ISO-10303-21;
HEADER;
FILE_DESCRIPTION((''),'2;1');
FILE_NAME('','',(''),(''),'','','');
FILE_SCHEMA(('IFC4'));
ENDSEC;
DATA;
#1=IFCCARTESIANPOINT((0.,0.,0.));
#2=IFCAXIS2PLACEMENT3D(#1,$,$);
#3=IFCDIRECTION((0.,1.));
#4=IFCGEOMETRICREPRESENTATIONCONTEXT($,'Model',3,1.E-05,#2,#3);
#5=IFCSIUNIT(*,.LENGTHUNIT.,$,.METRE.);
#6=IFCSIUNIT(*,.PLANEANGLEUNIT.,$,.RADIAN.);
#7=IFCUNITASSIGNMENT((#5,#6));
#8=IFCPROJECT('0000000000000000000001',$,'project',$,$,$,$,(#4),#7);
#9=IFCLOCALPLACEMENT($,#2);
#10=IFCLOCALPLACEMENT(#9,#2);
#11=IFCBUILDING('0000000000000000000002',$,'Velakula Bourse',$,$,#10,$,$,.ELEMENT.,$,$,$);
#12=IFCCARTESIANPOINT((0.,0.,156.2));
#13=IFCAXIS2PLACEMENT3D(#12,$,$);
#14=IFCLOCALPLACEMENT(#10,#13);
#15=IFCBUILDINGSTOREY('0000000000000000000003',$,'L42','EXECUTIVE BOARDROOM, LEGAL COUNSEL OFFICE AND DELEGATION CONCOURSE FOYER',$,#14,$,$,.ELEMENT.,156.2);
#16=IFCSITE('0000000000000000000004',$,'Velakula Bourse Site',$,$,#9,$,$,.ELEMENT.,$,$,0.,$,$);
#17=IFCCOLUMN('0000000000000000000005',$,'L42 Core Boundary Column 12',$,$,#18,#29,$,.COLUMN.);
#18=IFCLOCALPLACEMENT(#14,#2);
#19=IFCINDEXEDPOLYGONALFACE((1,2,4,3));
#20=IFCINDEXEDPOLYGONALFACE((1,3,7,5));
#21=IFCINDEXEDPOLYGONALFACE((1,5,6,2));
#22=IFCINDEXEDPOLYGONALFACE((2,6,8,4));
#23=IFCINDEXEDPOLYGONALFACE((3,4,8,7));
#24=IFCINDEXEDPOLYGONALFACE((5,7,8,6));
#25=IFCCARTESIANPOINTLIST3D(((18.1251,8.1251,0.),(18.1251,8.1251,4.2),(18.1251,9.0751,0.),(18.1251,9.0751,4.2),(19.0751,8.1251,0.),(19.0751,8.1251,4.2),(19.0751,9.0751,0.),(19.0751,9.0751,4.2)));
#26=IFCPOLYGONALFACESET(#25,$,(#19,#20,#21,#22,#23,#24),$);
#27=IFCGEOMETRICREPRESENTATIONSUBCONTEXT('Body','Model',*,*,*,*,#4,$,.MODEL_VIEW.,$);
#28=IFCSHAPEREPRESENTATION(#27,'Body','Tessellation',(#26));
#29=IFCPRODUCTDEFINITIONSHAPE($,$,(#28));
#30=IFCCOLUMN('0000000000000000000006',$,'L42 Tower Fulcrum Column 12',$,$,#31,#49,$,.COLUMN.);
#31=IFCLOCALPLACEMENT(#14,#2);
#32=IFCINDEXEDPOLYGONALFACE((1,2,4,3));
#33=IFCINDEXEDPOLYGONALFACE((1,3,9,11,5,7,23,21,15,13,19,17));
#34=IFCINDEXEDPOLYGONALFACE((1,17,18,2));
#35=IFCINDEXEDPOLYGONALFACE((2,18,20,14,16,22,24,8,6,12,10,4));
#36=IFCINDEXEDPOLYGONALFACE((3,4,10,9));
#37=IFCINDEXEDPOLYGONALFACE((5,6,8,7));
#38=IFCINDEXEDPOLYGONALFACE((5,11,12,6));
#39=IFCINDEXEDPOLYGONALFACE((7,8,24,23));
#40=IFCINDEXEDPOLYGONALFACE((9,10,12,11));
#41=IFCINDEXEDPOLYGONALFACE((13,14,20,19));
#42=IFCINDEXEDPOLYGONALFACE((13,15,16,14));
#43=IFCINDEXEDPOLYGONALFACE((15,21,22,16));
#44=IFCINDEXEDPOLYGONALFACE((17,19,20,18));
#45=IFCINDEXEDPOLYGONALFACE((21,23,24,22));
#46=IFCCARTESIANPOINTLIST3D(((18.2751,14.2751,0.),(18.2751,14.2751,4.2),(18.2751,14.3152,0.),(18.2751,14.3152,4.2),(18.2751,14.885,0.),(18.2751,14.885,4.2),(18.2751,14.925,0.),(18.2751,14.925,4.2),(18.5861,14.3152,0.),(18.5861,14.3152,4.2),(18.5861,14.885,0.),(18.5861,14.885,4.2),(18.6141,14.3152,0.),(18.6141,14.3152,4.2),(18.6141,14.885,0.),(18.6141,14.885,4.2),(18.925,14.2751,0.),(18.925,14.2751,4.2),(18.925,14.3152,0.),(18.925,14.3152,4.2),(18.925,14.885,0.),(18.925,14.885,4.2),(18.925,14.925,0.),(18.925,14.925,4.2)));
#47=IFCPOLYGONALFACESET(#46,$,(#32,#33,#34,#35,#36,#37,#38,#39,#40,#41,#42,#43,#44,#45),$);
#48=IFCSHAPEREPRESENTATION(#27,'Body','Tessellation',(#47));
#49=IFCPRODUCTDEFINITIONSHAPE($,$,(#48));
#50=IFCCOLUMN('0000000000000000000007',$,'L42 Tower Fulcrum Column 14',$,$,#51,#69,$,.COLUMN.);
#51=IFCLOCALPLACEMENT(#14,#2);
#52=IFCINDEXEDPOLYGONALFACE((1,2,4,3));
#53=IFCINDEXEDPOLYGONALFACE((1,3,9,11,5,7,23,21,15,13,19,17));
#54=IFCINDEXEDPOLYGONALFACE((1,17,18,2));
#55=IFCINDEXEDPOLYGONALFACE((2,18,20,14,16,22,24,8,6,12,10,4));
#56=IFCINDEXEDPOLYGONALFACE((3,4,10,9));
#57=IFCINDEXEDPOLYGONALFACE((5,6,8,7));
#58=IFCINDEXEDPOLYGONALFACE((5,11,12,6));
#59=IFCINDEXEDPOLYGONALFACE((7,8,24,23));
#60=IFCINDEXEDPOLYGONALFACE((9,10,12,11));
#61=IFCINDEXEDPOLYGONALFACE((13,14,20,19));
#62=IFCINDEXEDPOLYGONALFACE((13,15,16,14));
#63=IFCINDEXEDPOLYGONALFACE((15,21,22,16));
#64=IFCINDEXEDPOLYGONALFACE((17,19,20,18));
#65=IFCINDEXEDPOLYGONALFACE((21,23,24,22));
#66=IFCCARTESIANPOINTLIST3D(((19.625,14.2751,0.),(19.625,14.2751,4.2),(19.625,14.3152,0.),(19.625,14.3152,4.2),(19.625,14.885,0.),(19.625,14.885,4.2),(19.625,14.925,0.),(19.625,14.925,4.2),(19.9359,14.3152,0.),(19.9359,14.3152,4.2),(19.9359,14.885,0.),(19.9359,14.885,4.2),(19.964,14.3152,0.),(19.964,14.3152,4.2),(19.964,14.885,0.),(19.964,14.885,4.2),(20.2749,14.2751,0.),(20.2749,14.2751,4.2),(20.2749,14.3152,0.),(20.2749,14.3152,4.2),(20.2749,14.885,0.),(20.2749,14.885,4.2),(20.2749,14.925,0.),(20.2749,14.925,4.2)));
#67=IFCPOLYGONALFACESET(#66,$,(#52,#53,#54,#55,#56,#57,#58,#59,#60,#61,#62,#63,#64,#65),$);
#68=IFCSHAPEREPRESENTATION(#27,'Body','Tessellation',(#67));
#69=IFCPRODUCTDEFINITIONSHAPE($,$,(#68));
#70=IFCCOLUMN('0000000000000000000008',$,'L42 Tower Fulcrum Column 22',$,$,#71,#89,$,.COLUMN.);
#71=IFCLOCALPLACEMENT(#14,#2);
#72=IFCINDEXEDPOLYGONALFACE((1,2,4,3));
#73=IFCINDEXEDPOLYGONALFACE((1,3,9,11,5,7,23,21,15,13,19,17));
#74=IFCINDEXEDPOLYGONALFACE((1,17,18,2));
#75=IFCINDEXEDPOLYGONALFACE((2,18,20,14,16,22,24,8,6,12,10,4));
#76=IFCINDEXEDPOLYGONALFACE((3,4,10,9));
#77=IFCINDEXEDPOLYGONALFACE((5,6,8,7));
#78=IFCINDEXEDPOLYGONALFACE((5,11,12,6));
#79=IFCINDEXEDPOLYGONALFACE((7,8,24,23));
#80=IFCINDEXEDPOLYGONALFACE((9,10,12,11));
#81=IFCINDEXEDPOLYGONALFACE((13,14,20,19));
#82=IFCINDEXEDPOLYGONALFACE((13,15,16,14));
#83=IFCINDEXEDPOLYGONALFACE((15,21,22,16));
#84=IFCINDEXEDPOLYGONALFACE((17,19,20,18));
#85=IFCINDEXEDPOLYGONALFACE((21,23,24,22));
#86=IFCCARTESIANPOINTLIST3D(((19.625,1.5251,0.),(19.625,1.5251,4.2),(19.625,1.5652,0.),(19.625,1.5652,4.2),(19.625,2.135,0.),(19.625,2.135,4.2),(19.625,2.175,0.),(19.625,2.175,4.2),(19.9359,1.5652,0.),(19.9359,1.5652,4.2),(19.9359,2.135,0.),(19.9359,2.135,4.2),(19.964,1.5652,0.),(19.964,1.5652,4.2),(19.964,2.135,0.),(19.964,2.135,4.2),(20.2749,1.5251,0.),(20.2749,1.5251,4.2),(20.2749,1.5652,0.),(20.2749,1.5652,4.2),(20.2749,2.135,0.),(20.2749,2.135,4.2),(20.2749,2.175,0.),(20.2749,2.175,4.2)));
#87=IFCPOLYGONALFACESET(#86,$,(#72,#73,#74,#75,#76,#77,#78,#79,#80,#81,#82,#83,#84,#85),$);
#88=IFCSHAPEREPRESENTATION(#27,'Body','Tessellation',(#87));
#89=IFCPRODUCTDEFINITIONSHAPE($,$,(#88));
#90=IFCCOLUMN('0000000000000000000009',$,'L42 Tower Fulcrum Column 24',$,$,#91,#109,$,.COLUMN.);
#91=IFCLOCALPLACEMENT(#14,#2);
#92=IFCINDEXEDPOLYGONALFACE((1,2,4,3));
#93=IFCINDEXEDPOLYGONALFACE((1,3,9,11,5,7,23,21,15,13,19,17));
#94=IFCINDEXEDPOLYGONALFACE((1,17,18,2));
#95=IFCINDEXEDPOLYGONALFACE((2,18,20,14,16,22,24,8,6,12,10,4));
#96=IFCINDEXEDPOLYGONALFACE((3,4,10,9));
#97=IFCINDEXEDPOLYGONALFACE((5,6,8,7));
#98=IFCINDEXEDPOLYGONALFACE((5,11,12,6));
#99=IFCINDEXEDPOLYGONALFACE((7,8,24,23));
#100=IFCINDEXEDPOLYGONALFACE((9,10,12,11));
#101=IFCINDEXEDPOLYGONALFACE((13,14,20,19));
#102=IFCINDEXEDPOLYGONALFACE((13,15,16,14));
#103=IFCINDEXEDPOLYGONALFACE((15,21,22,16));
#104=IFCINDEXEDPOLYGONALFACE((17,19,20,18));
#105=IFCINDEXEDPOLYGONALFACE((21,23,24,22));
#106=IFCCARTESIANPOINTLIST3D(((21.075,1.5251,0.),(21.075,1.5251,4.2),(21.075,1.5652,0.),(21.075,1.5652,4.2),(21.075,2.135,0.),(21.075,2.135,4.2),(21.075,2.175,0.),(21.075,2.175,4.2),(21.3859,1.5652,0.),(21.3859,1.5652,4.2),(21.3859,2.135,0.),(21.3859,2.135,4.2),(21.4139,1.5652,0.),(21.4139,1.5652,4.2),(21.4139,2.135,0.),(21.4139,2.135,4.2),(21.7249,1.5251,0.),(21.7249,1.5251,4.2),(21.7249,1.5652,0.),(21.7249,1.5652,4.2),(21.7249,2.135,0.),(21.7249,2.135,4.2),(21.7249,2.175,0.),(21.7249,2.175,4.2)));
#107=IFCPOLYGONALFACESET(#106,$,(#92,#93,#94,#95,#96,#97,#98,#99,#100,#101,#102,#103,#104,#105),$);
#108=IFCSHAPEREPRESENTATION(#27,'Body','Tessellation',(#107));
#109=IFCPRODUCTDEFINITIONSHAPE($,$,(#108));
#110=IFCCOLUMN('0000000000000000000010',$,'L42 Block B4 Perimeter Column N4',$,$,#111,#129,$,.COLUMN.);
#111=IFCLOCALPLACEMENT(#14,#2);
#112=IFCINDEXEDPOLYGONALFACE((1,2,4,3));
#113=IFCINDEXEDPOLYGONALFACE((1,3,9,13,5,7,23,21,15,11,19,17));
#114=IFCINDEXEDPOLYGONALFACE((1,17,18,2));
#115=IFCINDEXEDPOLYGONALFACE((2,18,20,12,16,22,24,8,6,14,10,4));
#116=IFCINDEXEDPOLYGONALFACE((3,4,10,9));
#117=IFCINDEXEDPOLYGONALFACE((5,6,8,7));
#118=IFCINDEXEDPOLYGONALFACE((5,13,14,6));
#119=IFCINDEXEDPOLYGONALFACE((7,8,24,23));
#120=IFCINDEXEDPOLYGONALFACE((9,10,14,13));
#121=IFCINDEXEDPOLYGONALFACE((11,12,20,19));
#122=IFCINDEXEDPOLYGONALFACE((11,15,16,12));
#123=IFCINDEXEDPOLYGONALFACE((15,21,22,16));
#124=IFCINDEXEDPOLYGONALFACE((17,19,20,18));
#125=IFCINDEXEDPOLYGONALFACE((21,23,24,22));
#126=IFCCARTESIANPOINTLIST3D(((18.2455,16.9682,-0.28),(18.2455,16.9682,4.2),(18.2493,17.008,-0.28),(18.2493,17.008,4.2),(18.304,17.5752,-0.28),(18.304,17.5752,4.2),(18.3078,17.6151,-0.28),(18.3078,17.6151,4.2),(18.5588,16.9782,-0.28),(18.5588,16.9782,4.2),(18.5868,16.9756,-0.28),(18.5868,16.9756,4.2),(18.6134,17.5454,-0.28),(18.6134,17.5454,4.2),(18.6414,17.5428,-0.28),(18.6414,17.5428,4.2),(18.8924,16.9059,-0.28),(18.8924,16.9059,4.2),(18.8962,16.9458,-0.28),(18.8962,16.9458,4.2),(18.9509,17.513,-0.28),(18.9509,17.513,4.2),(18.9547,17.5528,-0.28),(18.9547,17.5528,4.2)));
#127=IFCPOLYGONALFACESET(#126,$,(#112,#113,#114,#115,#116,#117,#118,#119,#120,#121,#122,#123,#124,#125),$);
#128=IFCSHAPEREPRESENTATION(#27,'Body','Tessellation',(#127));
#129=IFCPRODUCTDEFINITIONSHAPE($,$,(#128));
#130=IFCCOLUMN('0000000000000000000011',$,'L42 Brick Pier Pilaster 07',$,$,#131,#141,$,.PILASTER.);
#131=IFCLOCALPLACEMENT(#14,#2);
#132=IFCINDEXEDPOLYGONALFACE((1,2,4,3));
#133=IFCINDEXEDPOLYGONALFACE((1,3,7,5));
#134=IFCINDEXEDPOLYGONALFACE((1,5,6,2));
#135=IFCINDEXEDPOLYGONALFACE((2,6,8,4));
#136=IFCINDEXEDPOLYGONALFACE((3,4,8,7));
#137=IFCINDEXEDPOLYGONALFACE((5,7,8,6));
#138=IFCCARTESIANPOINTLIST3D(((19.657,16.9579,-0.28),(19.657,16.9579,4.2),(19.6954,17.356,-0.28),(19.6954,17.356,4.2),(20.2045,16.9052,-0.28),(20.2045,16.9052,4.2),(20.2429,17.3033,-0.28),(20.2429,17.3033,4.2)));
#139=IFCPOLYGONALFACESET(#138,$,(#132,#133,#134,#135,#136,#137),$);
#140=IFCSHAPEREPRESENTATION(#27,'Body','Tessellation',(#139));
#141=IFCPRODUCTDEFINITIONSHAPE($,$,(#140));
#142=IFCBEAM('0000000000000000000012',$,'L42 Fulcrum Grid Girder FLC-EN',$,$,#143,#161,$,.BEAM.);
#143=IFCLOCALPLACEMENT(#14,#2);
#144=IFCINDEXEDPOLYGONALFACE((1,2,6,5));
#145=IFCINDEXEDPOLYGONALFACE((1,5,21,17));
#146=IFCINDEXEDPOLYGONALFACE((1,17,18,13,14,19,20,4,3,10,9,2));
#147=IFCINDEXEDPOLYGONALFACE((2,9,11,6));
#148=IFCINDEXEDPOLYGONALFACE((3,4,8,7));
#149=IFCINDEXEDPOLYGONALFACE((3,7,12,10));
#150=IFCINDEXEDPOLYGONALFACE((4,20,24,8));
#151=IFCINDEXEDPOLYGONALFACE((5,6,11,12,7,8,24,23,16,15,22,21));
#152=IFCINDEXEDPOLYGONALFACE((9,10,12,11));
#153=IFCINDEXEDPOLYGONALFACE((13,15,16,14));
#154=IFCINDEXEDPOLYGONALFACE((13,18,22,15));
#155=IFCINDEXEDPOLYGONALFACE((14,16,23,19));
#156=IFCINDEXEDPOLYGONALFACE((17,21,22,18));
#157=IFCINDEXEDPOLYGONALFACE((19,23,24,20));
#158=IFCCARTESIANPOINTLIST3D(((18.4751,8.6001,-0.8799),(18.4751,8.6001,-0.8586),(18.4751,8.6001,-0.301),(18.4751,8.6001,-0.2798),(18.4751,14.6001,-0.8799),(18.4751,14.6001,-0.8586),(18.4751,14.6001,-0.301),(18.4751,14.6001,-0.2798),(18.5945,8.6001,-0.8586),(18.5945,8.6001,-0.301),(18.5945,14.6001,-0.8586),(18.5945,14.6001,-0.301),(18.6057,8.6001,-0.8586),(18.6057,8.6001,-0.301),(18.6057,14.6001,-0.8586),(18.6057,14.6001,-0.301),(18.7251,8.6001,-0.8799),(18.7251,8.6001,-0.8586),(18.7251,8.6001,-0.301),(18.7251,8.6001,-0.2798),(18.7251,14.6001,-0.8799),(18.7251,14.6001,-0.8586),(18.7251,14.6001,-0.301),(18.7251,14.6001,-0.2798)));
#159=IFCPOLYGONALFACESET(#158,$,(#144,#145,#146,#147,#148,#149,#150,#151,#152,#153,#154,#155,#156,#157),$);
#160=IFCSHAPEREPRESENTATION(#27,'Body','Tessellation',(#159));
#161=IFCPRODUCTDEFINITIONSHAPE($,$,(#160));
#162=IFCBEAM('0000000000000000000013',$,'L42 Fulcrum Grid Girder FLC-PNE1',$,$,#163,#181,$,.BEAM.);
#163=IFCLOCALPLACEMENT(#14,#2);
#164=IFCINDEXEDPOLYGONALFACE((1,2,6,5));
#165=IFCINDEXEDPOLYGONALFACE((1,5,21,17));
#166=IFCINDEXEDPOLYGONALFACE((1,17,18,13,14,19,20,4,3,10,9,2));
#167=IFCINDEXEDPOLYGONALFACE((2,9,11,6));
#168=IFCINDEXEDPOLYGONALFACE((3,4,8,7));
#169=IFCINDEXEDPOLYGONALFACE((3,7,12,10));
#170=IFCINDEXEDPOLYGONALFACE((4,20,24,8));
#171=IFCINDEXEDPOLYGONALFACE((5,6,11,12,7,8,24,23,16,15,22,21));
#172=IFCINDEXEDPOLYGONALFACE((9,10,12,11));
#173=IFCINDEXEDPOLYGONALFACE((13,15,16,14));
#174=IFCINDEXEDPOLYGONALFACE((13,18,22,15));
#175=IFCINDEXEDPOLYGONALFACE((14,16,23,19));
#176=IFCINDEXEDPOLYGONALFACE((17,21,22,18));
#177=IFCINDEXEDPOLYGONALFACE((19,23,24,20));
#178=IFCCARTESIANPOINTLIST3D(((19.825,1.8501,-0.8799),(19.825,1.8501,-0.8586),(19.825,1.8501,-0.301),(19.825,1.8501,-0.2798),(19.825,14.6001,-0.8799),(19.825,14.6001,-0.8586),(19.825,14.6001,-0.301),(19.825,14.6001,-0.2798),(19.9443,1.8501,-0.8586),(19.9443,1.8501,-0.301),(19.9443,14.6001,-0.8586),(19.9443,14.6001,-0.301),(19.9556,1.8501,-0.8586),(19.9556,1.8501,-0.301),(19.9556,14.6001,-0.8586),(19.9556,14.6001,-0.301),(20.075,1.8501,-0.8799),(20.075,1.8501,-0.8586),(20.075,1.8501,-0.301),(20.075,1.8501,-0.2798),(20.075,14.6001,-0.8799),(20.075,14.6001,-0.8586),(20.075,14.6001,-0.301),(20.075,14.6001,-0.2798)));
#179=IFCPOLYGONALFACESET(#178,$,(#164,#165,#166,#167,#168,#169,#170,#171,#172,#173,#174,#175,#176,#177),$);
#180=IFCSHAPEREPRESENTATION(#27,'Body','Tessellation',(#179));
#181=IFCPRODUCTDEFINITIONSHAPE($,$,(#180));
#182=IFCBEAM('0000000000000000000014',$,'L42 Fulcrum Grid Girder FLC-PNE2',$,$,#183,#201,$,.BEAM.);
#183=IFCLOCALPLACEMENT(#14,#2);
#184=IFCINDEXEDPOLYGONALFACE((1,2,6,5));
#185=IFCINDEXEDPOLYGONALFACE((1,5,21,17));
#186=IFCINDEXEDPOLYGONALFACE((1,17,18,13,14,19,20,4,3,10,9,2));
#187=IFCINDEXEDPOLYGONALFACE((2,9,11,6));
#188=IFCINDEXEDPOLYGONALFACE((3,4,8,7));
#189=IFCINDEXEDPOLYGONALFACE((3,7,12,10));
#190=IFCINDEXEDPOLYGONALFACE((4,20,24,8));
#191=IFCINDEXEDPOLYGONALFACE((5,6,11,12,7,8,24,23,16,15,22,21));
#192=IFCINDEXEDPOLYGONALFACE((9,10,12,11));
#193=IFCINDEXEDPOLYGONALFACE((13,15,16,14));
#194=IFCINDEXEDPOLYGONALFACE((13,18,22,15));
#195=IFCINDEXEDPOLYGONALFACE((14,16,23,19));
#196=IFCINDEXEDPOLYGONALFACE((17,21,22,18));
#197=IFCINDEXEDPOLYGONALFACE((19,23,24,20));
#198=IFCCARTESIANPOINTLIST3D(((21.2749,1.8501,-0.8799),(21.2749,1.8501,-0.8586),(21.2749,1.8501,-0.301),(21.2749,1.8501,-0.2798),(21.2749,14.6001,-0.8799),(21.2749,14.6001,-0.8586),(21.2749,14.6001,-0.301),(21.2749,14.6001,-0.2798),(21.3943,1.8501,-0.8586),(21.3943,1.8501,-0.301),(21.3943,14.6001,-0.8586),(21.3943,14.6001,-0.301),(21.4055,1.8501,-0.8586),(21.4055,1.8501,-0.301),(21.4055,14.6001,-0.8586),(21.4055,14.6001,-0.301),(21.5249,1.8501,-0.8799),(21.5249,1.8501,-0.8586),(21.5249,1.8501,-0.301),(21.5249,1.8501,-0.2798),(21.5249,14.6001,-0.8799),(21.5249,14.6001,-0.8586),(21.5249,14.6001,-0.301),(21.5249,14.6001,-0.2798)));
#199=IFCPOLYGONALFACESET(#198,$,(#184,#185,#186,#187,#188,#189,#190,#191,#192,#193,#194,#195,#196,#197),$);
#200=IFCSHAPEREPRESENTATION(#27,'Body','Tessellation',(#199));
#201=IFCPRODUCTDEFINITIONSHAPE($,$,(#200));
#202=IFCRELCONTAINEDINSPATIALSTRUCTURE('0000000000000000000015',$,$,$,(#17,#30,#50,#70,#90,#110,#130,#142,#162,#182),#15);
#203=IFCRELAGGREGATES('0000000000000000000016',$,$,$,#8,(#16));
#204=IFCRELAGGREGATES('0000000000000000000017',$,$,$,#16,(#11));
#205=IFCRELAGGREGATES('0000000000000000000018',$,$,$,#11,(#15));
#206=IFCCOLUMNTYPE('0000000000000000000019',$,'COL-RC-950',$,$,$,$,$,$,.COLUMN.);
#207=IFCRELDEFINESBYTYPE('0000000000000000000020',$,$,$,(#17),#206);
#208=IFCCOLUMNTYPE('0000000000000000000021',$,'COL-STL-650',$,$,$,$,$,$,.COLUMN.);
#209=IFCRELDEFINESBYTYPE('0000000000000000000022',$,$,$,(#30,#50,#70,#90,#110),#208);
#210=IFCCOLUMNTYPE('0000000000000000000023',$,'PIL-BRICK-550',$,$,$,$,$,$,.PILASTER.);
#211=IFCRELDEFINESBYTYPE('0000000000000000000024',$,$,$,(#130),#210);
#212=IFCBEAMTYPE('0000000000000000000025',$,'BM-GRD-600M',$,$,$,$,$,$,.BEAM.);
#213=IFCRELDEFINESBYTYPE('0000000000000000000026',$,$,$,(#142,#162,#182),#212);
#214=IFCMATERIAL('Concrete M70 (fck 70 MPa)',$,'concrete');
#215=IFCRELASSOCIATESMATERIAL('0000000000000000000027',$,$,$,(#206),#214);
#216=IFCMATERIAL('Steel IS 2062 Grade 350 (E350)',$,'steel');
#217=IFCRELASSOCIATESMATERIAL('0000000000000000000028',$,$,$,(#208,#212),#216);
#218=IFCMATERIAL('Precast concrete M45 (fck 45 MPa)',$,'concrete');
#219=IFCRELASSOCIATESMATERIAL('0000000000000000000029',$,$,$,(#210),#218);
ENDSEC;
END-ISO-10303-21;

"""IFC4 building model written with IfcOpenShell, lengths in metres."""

from ifc_helpers import new_model, si_unit, direction, frame, origin, origin_2d, place, context, subcontext, project, spatial, rectangle, i_section, extrude, material, material_profile, profile_set, type_object, element, save


model = new_model("IFC4")

# Units and contexts
model_context = context("Model", 3, precision=1e-05, world=origin(), true_north=direction((0.0, 1.0)))
body_context = subcontext(model_context, "Body", "Model", "MODEL_VIEW")
ifc_project = project(units=[si_unit("LENGTHUNIT", "METRE"), si_unit("PLANEANGLEUNIT", "RADIAN")], contexts=[model_context])

# Site, building, storey
site_placement = place(None, origin())
site = spatial("IfcSite", under=ifc_project, at=site_placement, Name="Velakula Bourse Site", CompositionType="ELEMENT", RefElevation=0.0)
building_placement = place(site_placement, origin())
building = spatial("IfcBuilding", under=site, at=building_placement, Name="Velakula Bourse", CompositionType="ELEMENT")
storey_placement = place(building_placement, frame((0.0, 0.0, 156.2)))
storey = spatial("IfcBuildingStorey", under=building, at=storey_placement, Name="L42", Description="EXECUTIVE BOARDROOM, LEGAL COUNSEL OFFICE AND DELEGATION CONCOURSE FOYER", CompositionType="ELEMENT", Elevation=156.2)

# Columns
ifc_material_1 = material(Name="Concrete M70 (fck 70 MPa)", Category="concrete")
ifc_material_profile_1 = material_profile(ifc_material_1, rectangle(XDim=0.95, YDim=0.95, at=origin_2d()), Name="Concrete M70 (fck 70 MPa)")
ifc_profile_set_1 = profile_set([ifc_material_profile_1], Name="Concrete M70 (fck 70 MPa)")
column_type_1 = type_object("IfcColumnType", Name="COL-RC-950", PredefinedType="COLUMN", material=ifc_profile_set_1)
column_1_placement = place(storey_placement, frame((18.6001, 8.6001, 0.0), z_axis=(0.0, 0.0, 1.0), x_axis=(1.0, 0.0, 0.0)))
element("IfcColumn", 1, at=column_1_placement, inside=storey, type_object=column_type_1, Name="L42 Core Boundary Column 12", PredefinedType="COLUMN", context=body_context, shape_type="SweptSolid", body=[
    extrude(rectangle(XDim=0.95, YDim=0.95, at=origin_2d()), origin(), (0.0, 0.0, 1.0), 4.2),
])
ifc_material_2 = material(Name="Steel IS 2062 Grade 350 (E350)", Category="steel")
ifc_material_profile_2 = material_profile(ifc_material_2, i_section(OverallWidth=0.6499, OverallDepth=0.6499, WebThickness=0.0281, FlangeThickness=0.04, at=origin_2d()), Name="Steel IS 2062 Grade 350 (E350)")
ifc_profile_set_2 = profile_set([ifc_material_profile_2], Name="Steel IS 2062 Grade 350 (E350)")
column_type_2 = type_object("IfcColumnType", Name="COL-STL-650", PredefinedType="COLUMN", material=ifc_profile_set_2)
for number, where, z_axis, x_axis, name in (
    (2, (18.6001, 14.6001, 0.0), (0.0, 0.0, 1.0), (1.0, 0.0, 0.0), "L42 Tower Fulcrum Column 12"),
    (3, (19.95, 14.6001, 0.0), (0.0, 0.0, 1.0), (1.0, 0.0, 0.0), "L42 Tower Fulcrum Column 14"),
    (4, (19.95, 1.8501, 0.0), (0.0, 0.0, 1.0), (1.0, 0.0, 0.0), "L42 Tower Fulcrum Column 22"),
    (5, (21.3999, 1.8501, 0.0), (0.0, 0.0, 1.0), (1.0, 0.0, 0.0), "L42 Tower Fulcrum Column 24"),
):
    element("IfcColumn", number, at=place(storey_placement, frame(where, z_axis=z_axis, x_axis=x_axis)), inside=storey, type_object=column_type_2, Name=name, PredefinedType="COLUMN", context=body_context, shape_type="SweptSolid", body=[
        extrude(i_section(OverallWidth=0.6499, OverallDepth=0.6499, WebThickness=0.0281, FlangeThickness=0.04, at=origin_2d()), origin(), (0.0, 0.0, 1.0), 4.2),
    ])
column_2_placement = place(storey_placement, frame((18.6001, 17.2605, -0.28), z_axis=(0.0, 0.0, 1.0), x_axis=(0.995396, -0.095846, 0.0)))
element("IfcColumn", 6, at=column_2_placement, inside=storey, type_object=column_type_2, Name="L42 Block B4 Perimeter Column N4", PredefinedType="COLUMN", context=body_context, shape_type="SweptSolid", body=[
    extrude(i_section(OverallWidth=0.6499, OverallDepth=0.6499, WebThickness=0.0281, FlangeThickness=0.04, at=origin_2d()), origin(), (0.0, 0.0, 1.0), 4.48),
])
ifc_material_3 = material(Name="Precast concrete M45 (fck 45 MPa)", Category="concrete")
ifc_material_profile_3 = material_profile(ifc_material_3, rectangle(XDim=0.55, YDim=0.3999, at=origin_2d()), Name="Precast concrete M45 (fck 45 MPa)")
ifc_profile_set_3 = profile_set([ifc_material_profile_3], Name="Precast concrete M45 (fck 45 MPa)")
column_type_3 = type_object("IfcColumnType", Name="PIL-BRICK-550", PredefinedType="PILASTER", material=ifc_profile_set_3)
column_3_placement = place(storey_placement, frame((19.95, 17.1306, -0.28), z_axis=(0.0, 0.0, 1.0), x_axis=(0.995396, -0.095846, 0.0)))
element("IfcColumn", 7, at=column_3_placement, inside=storey, type_object=column_type_3, Name="L42 Brick Pier Pilaster 07", PredefinedType="PILASTER", context=body_context, shape_type="SweptSolid", body=[
    extrude(rectangle(XDim=0.55, YDim=0.3999, at=origin_2d()), origin(), (0.0, 0.0, 1.0), 4.48),
])

# Beams
ifc_material_profile_4 = material_profile(ifc_material_2, i_section(OverallWidth=0.25, OverallDepth=0.6001, WebThickness=0.0112, FlangeThickness=0.0212, at=origin_2d()), Name="Steel IS 2062 Grade 350 (E350)")
ifc_profile_set_4 = profile_set([ifc_material_profile_4], Name="Steel IS 2062 Grade 350 (E350)")
beam_type_1 = type_object("IfcBeamType", Name="BM-GRD-600M", PredefinedType="BEAM", material=ifc_profile_set_4)
beam_1_placement = place(storey_placement, frame((18.6001, 8.6001, -0.5798), z_axis=(0.0, 1.0, 0.0), x_axis=(-1.0, 0.0, 0.0)))
element("IfcBeam", 8, at=beam_1_placement, inside=storey, type_object=beam_type_1, Name="L42 Fulcrum Grid Girder FLC-EN", PredefinedType="BEAM", context=body_context, shape_type="SweptSolid", body=[
    extrude(i_section(OverallWidth=0.25, OverallDepth=0.6001, WebThickness=0.0112, FlangeThickness=0.0212, at=origin_2d()), origin(), (0.0, 0.0, 1.0), 6.0),
])
for number, where, z_axis, x_axis, name in (
    (9, (19.95, 1.8501, -0.5798), (0.0, 1.0, 0.0), (-1.0, 0.0, 0.0), "L42 Fulcrum Grid Girder FLC-PNE1"),
    (10, (21.3999, 1.8501, -0.5798), (0.0, 1.0, 0.0), (-1.0, 0.0, 0.0), "L42 Fulcrum Grid Girder FLC-PNE2"),
):
    element("IfcBeam", number, at=place(storey_placement, frame(where, z_axis=z_axis, x_axis=x_axis)), inside=storey, type_object=beam_type_1, Name=name, PredefinedType="BEAM", context=body_context, shape_type="SweptSolid", body=[
        extrude(i_section(OverallWidth=0.25, OverallDepth=0.6001, WebThickness=0.0112, FlangeThickness=0.0212, at=origin_2d()), origin(), (0.0, 0.0, 1.0), 12.75),
    ])

save(model, "model.ifc")
